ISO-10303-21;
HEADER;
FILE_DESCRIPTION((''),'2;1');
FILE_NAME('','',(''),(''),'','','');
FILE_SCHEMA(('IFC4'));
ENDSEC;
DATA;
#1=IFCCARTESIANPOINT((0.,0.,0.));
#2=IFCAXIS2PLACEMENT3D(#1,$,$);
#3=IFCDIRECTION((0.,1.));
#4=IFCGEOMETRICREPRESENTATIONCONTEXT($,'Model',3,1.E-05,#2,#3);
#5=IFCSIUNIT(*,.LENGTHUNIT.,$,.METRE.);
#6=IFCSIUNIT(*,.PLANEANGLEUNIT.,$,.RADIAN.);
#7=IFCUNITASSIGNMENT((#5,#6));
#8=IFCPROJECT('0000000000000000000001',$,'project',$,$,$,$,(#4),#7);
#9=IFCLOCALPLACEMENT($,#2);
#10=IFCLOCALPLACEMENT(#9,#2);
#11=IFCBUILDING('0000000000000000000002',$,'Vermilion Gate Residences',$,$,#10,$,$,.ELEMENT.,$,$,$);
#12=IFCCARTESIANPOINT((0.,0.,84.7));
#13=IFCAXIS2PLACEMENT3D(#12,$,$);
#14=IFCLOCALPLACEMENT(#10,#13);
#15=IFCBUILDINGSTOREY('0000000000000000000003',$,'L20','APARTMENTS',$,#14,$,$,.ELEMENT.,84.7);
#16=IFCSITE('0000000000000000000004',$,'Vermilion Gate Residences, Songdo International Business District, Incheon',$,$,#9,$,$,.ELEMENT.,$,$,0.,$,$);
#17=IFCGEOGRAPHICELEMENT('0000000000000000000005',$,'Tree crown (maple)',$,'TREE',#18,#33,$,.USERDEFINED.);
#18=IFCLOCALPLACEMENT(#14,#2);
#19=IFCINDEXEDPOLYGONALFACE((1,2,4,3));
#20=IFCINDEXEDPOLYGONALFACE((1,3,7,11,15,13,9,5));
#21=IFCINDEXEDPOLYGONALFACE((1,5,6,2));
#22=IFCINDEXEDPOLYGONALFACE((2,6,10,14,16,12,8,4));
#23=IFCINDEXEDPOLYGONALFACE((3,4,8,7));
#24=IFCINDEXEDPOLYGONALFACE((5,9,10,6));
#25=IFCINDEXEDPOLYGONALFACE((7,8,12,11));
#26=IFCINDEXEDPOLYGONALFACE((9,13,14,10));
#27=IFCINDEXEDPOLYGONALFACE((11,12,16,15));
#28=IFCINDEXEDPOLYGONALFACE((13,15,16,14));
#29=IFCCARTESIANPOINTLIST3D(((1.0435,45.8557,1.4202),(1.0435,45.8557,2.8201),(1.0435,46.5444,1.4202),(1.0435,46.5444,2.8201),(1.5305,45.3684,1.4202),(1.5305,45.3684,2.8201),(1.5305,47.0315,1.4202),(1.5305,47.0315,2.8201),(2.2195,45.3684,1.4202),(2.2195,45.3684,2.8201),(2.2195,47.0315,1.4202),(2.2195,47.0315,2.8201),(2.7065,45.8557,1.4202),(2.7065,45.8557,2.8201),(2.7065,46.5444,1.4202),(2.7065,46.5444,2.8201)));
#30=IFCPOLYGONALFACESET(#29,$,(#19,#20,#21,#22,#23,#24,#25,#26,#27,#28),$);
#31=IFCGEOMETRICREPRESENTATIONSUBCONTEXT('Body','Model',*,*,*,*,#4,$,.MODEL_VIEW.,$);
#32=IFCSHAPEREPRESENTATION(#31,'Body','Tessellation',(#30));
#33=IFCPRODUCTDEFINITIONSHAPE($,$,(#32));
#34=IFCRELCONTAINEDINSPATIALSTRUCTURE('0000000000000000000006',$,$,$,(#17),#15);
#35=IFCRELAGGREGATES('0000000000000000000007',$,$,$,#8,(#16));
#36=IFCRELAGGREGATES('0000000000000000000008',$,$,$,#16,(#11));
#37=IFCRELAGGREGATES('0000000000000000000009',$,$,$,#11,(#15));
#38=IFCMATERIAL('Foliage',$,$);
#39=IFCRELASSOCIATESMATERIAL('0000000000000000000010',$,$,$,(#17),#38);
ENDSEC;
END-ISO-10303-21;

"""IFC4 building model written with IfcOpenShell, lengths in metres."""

from ifc_helpers import new_model, si_unit, direction, frame, origin, place, context, subcontext, project, spatial, polyline, outline, extrude, material, element, save


model = new_model("IFC4")

# Units and contexts
model_context = context("Model", 3, precision=1e-05, world=origin(), true_north=direction((0.0, 1.0)))
body_context = subcontext(model_context, "Body", "Model", "MODEL_VIEW")
ifc_project = project(units=[si_unit("LENGTHUNIT", "METRE"), si_unit("PLANEANGLEUNIT", "RADIAN")], contexts=[model_context])

# Site, building, storey
site_placement = place(None, origin())
site = spatial("IfcSite", under=ifc_project, at=site_placement, Name="Vermilion Gate Residences, Songdo International Business District, Incheon", CompositionType="ELEMENT", RefElevation=0.0)
building_placement = place(site_placement, origin())
building = spatial("IfcBuilding", under=site, at=building_placement, Name="Vermilion Gate Residences", CompositionType="ELEMENT")
storey_placement = place(building_placement, frame((0.0, 0.0, 84.7)))
storey = spatial("IfcBuildingStorey", under=building, at=storey_placement, Name="L20", Description="APARTMENTS", CompositionType="ELEMENT", Elevation=84.7)

# Geographic element
ifc_material_1 = material(Name="Foliage")
geographic_element_1_placement = place(storey_placement, frame((0.0, 0.0, 1.4202)))
element("IfcGeographicElement", 1, at=geographic_element_1_placement, inside=storey, material=ifc_material_1, Name="Tree crown (maple)", ObjectType="TREE", PredefinedType="USERDEFINED", context=body_context, shape_type="SweptSolid", body=[
    extrude(outline(polyline([(2.7065, 46.5444), (2.2195, 47.0315), (1.5305, 47.0315), (1.0435, 46.5444), (1.0435, 45.8557), (1.5305, 45.3684), (2.2195, 45.3684), (2.7065, 45.8557), (2.7065, 46.5444)])), origin(), (0.0, 0.0, 1.0), 1.3999),
])

save(model, "model.ifc")
